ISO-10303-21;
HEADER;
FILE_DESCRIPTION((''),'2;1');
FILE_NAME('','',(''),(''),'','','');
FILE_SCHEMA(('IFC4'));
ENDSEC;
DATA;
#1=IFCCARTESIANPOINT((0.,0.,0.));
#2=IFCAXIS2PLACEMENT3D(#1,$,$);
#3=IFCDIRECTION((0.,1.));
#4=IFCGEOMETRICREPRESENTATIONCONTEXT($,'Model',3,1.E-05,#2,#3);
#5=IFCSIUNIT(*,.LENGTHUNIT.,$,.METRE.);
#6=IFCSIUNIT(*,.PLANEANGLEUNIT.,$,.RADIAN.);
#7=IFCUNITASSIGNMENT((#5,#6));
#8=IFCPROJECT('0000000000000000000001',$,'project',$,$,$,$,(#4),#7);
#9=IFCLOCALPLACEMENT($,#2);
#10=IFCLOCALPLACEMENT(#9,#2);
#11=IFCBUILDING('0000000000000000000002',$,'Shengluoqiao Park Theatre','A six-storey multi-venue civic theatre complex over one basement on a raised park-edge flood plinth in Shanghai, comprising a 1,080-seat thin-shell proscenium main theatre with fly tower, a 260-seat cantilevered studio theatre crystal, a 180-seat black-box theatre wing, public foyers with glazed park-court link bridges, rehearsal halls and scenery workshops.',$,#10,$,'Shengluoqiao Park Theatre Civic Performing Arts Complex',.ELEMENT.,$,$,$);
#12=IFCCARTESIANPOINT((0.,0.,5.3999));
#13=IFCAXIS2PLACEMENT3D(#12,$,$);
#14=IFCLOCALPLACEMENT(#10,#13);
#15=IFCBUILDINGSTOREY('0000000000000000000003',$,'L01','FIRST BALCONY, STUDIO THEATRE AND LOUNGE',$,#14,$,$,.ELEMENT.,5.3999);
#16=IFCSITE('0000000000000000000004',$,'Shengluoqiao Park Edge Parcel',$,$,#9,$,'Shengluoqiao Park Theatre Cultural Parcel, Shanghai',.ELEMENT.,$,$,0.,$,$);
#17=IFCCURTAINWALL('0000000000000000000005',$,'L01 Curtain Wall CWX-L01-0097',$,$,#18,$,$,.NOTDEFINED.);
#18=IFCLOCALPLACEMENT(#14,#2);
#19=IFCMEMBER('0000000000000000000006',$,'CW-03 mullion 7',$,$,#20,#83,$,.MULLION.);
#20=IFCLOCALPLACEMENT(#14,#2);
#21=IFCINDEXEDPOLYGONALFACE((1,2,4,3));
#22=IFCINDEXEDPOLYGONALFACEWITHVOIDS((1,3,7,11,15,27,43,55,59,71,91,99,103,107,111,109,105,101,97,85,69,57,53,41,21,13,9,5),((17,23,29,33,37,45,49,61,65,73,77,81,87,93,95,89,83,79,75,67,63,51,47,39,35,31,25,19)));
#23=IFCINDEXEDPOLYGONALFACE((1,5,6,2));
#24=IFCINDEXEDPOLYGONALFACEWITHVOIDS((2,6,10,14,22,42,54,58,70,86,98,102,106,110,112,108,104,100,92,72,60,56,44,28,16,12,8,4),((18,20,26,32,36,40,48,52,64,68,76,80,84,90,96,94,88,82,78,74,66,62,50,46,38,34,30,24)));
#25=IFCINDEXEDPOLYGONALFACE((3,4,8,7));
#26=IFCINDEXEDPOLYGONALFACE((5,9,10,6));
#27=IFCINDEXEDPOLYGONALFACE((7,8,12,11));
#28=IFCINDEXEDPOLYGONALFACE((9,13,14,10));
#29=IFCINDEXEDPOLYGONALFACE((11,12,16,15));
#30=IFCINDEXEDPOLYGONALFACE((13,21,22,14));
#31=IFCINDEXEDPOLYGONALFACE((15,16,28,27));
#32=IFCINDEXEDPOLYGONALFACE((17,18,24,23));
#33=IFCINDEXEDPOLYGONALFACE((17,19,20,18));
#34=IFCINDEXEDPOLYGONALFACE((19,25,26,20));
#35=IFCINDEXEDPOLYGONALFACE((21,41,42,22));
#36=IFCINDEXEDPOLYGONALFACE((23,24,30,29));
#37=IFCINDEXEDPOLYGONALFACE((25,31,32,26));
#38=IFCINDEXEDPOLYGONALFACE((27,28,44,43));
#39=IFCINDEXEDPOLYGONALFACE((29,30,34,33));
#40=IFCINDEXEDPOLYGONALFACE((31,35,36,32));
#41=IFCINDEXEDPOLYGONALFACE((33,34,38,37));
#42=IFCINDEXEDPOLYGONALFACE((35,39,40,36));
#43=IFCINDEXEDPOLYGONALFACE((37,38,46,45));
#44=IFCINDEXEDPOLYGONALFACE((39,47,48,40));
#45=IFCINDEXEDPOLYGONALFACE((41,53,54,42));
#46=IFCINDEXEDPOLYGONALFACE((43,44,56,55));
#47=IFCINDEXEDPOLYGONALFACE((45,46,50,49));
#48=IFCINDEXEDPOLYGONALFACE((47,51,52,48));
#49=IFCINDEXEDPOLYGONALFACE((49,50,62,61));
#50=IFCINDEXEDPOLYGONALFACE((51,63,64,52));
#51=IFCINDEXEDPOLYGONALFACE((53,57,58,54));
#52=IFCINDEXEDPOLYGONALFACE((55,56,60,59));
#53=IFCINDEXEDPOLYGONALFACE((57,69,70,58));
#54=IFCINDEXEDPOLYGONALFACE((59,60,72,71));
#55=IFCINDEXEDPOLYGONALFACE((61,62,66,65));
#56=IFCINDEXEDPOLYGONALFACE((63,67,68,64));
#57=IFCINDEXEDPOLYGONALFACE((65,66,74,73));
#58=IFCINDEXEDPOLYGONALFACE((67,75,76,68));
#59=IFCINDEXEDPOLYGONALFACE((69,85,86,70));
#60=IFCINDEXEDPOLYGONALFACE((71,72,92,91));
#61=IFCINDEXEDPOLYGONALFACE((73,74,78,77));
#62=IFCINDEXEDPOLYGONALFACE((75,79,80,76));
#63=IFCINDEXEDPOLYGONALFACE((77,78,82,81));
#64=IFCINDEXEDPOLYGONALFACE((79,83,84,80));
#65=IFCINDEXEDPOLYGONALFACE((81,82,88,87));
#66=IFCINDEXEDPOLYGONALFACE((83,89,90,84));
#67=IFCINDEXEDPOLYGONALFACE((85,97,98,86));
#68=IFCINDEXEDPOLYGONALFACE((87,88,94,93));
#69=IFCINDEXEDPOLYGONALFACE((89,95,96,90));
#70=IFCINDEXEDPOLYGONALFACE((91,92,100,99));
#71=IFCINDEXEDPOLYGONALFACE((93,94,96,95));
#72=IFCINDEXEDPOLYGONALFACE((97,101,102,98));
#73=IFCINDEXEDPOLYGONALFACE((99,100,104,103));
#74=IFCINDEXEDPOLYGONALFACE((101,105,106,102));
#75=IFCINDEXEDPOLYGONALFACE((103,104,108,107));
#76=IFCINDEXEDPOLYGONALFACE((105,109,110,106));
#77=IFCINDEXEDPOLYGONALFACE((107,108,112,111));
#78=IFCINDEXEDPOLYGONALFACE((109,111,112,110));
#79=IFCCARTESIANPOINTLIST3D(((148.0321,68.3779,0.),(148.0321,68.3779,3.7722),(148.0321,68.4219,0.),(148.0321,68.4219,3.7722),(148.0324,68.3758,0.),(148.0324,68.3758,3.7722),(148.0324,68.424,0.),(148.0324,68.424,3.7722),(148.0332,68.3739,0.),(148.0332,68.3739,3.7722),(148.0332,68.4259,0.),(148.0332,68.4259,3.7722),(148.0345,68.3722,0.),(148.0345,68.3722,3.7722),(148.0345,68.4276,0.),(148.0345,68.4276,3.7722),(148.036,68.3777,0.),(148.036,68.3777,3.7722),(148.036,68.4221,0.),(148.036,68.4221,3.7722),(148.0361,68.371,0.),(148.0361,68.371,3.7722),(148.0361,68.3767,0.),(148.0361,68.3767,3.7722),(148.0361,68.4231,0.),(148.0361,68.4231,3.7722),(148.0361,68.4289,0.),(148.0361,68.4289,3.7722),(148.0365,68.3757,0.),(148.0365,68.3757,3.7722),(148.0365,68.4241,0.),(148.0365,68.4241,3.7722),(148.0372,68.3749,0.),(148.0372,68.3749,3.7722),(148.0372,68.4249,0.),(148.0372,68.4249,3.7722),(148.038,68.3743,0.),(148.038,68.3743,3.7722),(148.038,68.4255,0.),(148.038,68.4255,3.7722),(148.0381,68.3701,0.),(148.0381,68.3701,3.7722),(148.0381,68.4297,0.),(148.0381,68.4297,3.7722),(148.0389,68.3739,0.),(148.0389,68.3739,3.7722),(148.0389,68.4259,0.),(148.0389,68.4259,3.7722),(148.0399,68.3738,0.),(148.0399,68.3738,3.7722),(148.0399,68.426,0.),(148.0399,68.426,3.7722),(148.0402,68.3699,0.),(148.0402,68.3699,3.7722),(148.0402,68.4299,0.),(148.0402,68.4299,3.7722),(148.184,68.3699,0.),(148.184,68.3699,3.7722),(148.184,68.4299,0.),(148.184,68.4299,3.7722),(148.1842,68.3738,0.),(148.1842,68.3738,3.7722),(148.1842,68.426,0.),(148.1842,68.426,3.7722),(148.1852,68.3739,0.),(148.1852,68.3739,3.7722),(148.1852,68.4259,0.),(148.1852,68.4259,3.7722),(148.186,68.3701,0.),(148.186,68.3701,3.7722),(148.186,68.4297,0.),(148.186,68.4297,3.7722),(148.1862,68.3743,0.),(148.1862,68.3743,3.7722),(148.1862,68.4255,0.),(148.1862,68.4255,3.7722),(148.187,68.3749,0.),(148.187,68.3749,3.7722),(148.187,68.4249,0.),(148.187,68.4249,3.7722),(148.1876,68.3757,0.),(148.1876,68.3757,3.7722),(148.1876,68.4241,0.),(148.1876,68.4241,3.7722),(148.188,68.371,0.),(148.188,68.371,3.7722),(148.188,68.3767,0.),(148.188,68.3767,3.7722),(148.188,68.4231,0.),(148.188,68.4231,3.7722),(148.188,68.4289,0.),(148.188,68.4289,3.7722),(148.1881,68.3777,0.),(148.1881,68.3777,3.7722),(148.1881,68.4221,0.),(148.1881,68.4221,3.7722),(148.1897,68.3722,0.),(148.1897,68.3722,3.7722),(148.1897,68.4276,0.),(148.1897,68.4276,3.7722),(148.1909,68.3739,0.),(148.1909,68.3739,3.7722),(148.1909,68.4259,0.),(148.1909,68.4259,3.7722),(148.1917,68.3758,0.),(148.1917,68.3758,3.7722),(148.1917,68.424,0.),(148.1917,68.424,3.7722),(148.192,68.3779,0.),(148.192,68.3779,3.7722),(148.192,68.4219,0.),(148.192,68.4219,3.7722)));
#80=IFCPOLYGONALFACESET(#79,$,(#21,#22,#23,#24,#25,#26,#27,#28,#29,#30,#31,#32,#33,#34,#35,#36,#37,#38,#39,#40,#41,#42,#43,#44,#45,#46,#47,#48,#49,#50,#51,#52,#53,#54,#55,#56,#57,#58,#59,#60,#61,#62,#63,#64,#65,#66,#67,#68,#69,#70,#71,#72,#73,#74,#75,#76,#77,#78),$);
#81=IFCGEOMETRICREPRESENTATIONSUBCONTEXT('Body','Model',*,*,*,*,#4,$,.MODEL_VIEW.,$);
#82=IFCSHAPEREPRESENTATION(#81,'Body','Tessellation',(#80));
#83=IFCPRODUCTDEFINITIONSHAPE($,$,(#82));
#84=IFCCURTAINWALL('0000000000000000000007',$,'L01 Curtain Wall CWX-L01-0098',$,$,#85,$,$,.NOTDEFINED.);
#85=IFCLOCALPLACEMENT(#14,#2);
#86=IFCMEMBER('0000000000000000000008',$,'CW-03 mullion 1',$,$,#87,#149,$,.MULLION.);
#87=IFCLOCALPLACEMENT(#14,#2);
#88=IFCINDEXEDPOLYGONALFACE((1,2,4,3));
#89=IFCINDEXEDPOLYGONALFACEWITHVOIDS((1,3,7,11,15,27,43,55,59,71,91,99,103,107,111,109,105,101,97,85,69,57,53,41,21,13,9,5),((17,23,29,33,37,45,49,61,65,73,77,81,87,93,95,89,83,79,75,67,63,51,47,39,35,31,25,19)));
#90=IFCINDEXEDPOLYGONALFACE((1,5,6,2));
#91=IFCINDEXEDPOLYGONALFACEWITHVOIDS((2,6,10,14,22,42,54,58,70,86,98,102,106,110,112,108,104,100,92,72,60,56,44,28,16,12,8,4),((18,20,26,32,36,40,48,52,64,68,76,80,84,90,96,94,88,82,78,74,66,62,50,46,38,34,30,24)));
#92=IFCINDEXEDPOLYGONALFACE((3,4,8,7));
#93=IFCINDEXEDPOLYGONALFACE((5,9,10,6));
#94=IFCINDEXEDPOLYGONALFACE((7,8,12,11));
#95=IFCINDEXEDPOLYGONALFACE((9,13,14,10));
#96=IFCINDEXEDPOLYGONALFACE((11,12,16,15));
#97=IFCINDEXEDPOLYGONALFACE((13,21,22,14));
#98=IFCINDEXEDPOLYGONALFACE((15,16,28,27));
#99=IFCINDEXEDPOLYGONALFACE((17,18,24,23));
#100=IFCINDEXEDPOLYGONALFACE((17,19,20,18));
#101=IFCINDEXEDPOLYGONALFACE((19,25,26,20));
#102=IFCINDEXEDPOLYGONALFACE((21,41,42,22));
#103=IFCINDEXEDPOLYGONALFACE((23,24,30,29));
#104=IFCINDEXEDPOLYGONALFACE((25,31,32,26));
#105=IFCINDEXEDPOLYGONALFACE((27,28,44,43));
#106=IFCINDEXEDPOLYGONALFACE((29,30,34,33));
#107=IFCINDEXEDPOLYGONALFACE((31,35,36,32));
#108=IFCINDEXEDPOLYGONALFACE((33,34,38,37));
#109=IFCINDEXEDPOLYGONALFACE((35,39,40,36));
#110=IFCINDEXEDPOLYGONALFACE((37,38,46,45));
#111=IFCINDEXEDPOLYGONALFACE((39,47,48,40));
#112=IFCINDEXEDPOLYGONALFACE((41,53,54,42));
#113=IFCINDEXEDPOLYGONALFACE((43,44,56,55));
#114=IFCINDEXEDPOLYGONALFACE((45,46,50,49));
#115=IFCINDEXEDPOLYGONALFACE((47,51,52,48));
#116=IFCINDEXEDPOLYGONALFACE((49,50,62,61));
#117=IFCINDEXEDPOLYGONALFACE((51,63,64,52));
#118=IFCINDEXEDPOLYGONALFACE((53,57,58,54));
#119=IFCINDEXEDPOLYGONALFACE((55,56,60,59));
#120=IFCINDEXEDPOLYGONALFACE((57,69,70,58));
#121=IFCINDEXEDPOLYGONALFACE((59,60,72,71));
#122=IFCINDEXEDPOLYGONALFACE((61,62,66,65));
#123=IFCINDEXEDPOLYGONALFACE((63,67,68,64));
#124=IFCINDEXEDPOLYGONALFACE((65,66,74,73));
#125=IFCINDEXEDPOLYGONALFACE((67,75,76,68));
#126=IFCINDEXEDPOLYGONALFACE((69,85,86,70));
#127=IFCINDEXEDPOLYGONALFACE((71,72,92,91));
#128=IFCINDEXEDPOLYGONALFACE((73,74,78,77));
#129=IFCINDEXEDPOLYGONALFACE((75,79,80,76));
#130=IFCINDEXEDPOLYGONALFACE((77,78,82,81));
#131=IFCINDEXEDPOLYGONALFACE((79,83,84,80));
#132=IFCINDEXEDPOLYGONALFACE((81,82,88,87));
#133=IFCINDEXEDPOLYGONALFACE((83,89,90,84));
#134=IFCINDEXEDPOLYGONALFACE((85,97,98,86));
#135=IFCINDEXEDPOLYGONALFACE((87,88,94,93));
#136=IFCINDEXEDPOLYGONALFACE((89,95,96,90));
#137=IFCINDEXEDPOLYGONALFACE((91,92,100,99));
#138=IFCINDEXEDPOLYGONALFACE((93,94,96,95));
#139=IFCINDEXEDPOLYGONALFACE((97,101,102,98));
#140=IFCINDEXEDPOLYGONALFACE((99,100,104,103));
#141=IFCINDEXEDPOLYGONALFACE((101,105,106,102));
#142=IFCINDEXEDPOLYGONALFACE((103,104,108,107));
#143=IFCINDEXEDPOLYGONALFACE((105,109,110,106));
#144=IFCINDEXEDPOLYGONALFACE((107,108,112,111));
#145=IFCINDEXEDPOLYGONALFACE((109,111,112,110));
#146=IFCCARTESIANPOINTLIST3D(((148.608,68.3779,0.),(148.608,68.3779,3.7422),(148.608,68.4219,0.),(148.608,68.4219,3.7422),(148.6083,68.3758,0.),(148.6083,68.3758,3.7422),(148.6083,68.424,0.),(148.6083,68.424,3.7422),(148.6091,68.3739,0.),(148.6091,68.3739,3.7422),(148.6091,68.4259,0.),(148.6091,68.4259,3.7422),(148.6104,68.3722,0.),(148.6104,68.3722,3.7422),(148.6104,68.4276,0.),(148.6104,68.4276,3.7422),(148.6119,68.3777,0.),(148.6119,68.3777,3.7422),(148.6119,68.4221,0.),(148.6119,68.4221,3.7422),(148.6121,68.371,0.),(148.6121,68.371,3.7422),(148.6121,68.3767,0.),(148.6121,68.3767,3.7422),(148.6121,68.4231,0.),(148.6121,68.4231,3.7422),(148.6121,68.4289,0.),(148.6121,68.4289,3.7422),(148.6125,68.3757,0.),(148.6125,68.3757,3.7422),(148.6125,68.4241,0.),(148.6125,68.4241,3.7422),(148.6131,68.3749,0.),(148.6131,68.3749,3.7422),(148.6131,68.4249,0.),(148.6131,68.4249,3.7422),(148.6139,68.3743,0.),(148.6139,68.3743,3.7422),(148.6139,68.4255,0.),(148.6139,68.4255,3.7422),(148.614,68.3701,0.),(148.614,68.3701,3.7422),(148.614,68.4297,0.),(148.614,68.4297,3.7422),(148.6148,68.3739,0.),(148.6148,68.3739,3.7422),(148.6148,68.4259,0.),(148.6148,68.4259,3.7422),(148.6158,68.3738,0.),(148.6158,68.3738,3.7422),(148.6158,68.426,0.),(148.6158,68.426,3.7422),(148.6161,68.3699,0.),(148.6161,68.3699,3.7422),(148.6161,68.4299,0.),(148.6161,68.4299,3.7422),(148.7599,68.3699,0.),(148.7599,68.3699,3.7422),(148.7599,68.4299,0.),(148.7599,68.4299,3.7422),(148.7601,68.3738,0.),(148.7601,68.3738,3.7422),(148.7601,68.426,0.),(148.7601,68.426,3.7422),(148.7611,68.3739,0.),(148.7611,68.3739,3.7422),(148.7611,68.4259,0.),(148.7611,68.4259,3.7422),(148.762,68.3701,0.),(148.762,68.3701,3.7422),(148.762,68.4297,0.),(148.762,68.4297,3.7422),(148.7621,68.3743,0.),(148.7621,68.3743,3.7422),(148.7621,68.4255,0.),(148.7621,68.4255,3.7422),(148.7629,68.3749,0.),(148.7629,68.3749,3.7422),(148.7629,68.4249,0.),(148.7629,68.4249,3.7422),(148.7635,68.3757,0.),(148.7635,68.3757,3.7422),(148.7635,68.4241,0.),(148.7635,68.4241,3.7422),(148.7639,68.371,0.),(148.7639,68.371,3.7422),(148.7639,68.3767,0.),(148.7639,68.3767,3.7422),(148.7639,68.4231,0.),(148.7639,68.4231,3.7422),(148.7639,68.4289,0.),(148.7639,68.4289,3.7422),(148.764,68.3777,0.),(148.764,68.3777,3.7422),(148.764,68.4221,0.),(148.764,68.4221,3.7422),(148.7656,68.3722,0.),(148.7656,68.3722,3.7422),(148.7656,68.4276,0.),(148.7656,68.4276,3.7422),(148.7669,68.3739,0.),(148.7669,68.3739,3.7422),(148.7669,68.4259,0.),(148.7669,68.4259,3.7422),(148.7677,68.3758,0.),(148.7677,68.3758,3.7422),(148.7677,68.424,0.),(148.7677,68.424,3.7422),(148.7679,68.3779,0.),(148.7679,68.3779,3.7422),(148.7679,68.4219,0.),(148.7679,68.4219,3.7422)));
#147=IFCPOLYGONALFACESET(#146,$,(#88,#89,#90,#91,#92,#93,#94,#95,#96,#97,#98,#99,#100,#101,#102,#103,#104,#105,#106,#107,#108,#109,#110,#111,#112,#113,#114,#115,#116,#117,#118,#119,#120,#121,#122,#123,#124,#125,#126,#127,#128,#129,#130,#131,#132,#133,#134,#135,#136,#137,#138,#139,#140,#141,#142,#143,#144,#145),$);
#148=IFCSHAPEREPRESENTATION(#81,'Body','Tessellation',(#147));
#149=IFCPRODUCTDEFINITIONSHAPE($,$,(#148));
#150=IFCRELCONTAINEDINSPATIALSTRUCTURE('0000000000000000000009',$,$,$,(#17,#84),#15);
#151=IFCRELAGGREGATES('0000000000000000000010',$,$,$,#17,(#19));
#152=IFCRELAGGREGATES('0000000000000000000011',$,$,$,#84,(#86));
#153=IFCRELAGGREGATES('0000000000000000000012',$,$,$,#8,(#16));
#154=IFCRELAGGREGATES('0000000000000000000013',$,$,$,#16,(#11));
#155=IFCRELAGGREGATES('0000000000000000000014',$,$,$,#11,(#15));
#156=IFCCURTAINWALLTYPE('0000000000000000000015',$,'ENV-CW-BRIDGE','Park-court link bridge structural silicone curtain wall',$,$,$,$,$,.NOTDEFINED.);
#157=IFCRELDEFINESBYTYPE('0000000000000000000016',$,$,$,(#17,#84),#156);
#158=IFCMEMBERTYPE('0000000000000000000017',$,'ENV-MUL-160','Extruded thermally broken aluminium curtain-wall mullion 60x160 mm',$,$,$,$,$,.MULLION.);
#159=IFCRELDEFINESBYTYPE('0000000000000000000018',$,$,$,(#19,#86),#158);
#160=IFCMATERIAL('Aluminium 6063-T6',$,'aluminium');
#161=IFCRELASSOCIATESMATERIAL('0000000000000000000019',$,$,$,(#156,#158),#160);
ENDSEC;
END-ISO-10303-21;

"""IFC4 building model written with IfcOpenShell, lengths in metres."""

from ifc_helpers import new_model, si_unit, direction, frame, origin, origin_2d, place, context, subcontext, project, spatial, hollow_rectangle, extrude, material, material_profile, profile_set, type_object, element, aggregate, save


model = new_model("IFC4")

# Units and contexts
model_context = context("Model", 3, precision=1e-05, world=origin(), true_north=direction((0.0, 1.0)))
body_context = subcontext(model_context, "Body", "Model", "MODEL_VIEW")
ifc_project = project(units=[si_unit("LENGTHUNIT", "METRE"), si_unit("PLANEANGLEUNIT", "RADIAN")], contexts=[model_context])

# Site, building, storey
site_placement = place(None, origin())
site = spatial("IfcSite", under=ifc_project, at=site_placement, Name="Shengluoqiao Park Edge Parcel", LongName="Shengluoqiao Park Theatre Cultural Parcel, Shanghai", CompositionType="ELEMENT", RefElevation=0.0)
building_placement = place(site_placement, origin())
building = spatial("IfcBuilding", under=site, at=building_placement, Name="Shengluoqiao Park Theatre", Description="A six-storey multi-venue civic theatre complex over one basement on a raised park-edge flood plinth in Shanghai, comprising a 1,080-seat thin-shell proscenium main theatre with fly tower, a 260-seat cantilevered studio theatre crystal, a 180-seat black-box theatre wing, public foyers with glazed park-court link bridges, rehearsal halls and scenery workshops.", LongName="Shengluoqiao Park Theatre Civic Performing Arts Complex", CompositionType="ELEMENT")
storey_placement = place(building_placement, frame((0.0, 0.0, 5.3999)))
storey = spatial("IfcBuildingStorey", under=building, at=storey_placement, Name="L01", Description="FIRST BALCONY, STUDIO THEATRE AND LOUNGE", CompositionType="ELEMENT", Elevation=5.3999)

# Curtain walls, members
ifc_material_1 = material(Name="Aluminium 6063-T6", Category="aluminium")
curtain_wall_type = type_object("IfcCurtainWallType", Name="ENV-CW-BRIDGE", Description="Park-court link bridge structural silicone curtain wall", PredefinedType="NOTDEFINED", material=ifc_material_1)
curtain_wall_1_placement = place(storey_placement, origin())
curtain_wall_1 = element("IfcCurtainWall", 1, at=curtain_wall_1_placement, inside=storey, type_object=curtain_wall_type, Name="L01 Curtain Wall CWX-L01-0097", PredefinedType="NOTDEFINED")
ifc_material_profile_1 = material_profile(ifc_material_1, hollow_rectangle(XDim=0.0601, YDim=0.1599, WallThickness=0.0039, InnerFilletRadius=0.0039, OuterFilletRadius=0.0081, at=origin_2d()), Name="ALU MULLION 160x60x4")
ifc_profile_set_1 = profile_set([ifc_material_profile_1], Name="Aluminium 6063-T6")
member_type_1 = type_object("IfcMemberType", Name="ENV-MUL-160", Description="Extruded thermally broken aluminium curtain-wall mullion 60x160 mm", PredefinedType="MULLION", material=ifc_profile_set_1)
member_1_placement = place(storey_placement, frame((148.1121, 68.3999, 0.0), z_axis=(0.0, 0.0, 1.0), x_axis=(0.0, 1.0, 0.0)))
member_1 = element("IfcMember", 2, at=member_1_placement, type_object=member_type_1, Name="CW-03 mullion 7", PredefinedType="MULLION", context=body_context, shape_type="SweptSolid", body=[
    extrude(hollow_rectangle(XDim=0.0601, YDim=0.1599, WallThickness=0.0039, InnerFilletRadius=0.0039, OuterFilletRadius=0.0081, at=origin_2d()), origin(), (0.0, 0.0, 1.0), 3.7722),
])
curtain_wall_2_placement = place(storey_placement, origin())
curtain_wall_2 = element("IfcCurtainWall", 3, at=curtain_wall_2_placement, inside=storey, type_object=curtain_wall_type, Name="L01 Curtain Wall CWX-L01-0098", PredefinedType="NOTDEFINED")
member_2_placement = place(storey_placement, frame((148.688, 68.3999, 0.0), z_axis=(0.0, 0.0, 1.0), x_axis=(0.0, 1.0, 0.0)))
member_2 = element("IfcMember", 4, at=member_2_placement, type_object=member_type_1, Name="CW-03 mullion 1", PredefinedType="MULLION", context=body_context, shape_type="SweptSolid", body=[
    extrude(hollow_rectangle(XDim=0.0601, YDim=0.1599, WallThickness=0.0039, InnerFilletRadius=0.0039, OuterFilletRadius=0.0081, at=origin_2d()), origin(), (0.0, 0.0, 1.0), 3.7422),
])

aggregate(curtain_wall_1, [member_1])
aggregate(curtain_wall_2, [member_2])

save(model, "model.ifc")
